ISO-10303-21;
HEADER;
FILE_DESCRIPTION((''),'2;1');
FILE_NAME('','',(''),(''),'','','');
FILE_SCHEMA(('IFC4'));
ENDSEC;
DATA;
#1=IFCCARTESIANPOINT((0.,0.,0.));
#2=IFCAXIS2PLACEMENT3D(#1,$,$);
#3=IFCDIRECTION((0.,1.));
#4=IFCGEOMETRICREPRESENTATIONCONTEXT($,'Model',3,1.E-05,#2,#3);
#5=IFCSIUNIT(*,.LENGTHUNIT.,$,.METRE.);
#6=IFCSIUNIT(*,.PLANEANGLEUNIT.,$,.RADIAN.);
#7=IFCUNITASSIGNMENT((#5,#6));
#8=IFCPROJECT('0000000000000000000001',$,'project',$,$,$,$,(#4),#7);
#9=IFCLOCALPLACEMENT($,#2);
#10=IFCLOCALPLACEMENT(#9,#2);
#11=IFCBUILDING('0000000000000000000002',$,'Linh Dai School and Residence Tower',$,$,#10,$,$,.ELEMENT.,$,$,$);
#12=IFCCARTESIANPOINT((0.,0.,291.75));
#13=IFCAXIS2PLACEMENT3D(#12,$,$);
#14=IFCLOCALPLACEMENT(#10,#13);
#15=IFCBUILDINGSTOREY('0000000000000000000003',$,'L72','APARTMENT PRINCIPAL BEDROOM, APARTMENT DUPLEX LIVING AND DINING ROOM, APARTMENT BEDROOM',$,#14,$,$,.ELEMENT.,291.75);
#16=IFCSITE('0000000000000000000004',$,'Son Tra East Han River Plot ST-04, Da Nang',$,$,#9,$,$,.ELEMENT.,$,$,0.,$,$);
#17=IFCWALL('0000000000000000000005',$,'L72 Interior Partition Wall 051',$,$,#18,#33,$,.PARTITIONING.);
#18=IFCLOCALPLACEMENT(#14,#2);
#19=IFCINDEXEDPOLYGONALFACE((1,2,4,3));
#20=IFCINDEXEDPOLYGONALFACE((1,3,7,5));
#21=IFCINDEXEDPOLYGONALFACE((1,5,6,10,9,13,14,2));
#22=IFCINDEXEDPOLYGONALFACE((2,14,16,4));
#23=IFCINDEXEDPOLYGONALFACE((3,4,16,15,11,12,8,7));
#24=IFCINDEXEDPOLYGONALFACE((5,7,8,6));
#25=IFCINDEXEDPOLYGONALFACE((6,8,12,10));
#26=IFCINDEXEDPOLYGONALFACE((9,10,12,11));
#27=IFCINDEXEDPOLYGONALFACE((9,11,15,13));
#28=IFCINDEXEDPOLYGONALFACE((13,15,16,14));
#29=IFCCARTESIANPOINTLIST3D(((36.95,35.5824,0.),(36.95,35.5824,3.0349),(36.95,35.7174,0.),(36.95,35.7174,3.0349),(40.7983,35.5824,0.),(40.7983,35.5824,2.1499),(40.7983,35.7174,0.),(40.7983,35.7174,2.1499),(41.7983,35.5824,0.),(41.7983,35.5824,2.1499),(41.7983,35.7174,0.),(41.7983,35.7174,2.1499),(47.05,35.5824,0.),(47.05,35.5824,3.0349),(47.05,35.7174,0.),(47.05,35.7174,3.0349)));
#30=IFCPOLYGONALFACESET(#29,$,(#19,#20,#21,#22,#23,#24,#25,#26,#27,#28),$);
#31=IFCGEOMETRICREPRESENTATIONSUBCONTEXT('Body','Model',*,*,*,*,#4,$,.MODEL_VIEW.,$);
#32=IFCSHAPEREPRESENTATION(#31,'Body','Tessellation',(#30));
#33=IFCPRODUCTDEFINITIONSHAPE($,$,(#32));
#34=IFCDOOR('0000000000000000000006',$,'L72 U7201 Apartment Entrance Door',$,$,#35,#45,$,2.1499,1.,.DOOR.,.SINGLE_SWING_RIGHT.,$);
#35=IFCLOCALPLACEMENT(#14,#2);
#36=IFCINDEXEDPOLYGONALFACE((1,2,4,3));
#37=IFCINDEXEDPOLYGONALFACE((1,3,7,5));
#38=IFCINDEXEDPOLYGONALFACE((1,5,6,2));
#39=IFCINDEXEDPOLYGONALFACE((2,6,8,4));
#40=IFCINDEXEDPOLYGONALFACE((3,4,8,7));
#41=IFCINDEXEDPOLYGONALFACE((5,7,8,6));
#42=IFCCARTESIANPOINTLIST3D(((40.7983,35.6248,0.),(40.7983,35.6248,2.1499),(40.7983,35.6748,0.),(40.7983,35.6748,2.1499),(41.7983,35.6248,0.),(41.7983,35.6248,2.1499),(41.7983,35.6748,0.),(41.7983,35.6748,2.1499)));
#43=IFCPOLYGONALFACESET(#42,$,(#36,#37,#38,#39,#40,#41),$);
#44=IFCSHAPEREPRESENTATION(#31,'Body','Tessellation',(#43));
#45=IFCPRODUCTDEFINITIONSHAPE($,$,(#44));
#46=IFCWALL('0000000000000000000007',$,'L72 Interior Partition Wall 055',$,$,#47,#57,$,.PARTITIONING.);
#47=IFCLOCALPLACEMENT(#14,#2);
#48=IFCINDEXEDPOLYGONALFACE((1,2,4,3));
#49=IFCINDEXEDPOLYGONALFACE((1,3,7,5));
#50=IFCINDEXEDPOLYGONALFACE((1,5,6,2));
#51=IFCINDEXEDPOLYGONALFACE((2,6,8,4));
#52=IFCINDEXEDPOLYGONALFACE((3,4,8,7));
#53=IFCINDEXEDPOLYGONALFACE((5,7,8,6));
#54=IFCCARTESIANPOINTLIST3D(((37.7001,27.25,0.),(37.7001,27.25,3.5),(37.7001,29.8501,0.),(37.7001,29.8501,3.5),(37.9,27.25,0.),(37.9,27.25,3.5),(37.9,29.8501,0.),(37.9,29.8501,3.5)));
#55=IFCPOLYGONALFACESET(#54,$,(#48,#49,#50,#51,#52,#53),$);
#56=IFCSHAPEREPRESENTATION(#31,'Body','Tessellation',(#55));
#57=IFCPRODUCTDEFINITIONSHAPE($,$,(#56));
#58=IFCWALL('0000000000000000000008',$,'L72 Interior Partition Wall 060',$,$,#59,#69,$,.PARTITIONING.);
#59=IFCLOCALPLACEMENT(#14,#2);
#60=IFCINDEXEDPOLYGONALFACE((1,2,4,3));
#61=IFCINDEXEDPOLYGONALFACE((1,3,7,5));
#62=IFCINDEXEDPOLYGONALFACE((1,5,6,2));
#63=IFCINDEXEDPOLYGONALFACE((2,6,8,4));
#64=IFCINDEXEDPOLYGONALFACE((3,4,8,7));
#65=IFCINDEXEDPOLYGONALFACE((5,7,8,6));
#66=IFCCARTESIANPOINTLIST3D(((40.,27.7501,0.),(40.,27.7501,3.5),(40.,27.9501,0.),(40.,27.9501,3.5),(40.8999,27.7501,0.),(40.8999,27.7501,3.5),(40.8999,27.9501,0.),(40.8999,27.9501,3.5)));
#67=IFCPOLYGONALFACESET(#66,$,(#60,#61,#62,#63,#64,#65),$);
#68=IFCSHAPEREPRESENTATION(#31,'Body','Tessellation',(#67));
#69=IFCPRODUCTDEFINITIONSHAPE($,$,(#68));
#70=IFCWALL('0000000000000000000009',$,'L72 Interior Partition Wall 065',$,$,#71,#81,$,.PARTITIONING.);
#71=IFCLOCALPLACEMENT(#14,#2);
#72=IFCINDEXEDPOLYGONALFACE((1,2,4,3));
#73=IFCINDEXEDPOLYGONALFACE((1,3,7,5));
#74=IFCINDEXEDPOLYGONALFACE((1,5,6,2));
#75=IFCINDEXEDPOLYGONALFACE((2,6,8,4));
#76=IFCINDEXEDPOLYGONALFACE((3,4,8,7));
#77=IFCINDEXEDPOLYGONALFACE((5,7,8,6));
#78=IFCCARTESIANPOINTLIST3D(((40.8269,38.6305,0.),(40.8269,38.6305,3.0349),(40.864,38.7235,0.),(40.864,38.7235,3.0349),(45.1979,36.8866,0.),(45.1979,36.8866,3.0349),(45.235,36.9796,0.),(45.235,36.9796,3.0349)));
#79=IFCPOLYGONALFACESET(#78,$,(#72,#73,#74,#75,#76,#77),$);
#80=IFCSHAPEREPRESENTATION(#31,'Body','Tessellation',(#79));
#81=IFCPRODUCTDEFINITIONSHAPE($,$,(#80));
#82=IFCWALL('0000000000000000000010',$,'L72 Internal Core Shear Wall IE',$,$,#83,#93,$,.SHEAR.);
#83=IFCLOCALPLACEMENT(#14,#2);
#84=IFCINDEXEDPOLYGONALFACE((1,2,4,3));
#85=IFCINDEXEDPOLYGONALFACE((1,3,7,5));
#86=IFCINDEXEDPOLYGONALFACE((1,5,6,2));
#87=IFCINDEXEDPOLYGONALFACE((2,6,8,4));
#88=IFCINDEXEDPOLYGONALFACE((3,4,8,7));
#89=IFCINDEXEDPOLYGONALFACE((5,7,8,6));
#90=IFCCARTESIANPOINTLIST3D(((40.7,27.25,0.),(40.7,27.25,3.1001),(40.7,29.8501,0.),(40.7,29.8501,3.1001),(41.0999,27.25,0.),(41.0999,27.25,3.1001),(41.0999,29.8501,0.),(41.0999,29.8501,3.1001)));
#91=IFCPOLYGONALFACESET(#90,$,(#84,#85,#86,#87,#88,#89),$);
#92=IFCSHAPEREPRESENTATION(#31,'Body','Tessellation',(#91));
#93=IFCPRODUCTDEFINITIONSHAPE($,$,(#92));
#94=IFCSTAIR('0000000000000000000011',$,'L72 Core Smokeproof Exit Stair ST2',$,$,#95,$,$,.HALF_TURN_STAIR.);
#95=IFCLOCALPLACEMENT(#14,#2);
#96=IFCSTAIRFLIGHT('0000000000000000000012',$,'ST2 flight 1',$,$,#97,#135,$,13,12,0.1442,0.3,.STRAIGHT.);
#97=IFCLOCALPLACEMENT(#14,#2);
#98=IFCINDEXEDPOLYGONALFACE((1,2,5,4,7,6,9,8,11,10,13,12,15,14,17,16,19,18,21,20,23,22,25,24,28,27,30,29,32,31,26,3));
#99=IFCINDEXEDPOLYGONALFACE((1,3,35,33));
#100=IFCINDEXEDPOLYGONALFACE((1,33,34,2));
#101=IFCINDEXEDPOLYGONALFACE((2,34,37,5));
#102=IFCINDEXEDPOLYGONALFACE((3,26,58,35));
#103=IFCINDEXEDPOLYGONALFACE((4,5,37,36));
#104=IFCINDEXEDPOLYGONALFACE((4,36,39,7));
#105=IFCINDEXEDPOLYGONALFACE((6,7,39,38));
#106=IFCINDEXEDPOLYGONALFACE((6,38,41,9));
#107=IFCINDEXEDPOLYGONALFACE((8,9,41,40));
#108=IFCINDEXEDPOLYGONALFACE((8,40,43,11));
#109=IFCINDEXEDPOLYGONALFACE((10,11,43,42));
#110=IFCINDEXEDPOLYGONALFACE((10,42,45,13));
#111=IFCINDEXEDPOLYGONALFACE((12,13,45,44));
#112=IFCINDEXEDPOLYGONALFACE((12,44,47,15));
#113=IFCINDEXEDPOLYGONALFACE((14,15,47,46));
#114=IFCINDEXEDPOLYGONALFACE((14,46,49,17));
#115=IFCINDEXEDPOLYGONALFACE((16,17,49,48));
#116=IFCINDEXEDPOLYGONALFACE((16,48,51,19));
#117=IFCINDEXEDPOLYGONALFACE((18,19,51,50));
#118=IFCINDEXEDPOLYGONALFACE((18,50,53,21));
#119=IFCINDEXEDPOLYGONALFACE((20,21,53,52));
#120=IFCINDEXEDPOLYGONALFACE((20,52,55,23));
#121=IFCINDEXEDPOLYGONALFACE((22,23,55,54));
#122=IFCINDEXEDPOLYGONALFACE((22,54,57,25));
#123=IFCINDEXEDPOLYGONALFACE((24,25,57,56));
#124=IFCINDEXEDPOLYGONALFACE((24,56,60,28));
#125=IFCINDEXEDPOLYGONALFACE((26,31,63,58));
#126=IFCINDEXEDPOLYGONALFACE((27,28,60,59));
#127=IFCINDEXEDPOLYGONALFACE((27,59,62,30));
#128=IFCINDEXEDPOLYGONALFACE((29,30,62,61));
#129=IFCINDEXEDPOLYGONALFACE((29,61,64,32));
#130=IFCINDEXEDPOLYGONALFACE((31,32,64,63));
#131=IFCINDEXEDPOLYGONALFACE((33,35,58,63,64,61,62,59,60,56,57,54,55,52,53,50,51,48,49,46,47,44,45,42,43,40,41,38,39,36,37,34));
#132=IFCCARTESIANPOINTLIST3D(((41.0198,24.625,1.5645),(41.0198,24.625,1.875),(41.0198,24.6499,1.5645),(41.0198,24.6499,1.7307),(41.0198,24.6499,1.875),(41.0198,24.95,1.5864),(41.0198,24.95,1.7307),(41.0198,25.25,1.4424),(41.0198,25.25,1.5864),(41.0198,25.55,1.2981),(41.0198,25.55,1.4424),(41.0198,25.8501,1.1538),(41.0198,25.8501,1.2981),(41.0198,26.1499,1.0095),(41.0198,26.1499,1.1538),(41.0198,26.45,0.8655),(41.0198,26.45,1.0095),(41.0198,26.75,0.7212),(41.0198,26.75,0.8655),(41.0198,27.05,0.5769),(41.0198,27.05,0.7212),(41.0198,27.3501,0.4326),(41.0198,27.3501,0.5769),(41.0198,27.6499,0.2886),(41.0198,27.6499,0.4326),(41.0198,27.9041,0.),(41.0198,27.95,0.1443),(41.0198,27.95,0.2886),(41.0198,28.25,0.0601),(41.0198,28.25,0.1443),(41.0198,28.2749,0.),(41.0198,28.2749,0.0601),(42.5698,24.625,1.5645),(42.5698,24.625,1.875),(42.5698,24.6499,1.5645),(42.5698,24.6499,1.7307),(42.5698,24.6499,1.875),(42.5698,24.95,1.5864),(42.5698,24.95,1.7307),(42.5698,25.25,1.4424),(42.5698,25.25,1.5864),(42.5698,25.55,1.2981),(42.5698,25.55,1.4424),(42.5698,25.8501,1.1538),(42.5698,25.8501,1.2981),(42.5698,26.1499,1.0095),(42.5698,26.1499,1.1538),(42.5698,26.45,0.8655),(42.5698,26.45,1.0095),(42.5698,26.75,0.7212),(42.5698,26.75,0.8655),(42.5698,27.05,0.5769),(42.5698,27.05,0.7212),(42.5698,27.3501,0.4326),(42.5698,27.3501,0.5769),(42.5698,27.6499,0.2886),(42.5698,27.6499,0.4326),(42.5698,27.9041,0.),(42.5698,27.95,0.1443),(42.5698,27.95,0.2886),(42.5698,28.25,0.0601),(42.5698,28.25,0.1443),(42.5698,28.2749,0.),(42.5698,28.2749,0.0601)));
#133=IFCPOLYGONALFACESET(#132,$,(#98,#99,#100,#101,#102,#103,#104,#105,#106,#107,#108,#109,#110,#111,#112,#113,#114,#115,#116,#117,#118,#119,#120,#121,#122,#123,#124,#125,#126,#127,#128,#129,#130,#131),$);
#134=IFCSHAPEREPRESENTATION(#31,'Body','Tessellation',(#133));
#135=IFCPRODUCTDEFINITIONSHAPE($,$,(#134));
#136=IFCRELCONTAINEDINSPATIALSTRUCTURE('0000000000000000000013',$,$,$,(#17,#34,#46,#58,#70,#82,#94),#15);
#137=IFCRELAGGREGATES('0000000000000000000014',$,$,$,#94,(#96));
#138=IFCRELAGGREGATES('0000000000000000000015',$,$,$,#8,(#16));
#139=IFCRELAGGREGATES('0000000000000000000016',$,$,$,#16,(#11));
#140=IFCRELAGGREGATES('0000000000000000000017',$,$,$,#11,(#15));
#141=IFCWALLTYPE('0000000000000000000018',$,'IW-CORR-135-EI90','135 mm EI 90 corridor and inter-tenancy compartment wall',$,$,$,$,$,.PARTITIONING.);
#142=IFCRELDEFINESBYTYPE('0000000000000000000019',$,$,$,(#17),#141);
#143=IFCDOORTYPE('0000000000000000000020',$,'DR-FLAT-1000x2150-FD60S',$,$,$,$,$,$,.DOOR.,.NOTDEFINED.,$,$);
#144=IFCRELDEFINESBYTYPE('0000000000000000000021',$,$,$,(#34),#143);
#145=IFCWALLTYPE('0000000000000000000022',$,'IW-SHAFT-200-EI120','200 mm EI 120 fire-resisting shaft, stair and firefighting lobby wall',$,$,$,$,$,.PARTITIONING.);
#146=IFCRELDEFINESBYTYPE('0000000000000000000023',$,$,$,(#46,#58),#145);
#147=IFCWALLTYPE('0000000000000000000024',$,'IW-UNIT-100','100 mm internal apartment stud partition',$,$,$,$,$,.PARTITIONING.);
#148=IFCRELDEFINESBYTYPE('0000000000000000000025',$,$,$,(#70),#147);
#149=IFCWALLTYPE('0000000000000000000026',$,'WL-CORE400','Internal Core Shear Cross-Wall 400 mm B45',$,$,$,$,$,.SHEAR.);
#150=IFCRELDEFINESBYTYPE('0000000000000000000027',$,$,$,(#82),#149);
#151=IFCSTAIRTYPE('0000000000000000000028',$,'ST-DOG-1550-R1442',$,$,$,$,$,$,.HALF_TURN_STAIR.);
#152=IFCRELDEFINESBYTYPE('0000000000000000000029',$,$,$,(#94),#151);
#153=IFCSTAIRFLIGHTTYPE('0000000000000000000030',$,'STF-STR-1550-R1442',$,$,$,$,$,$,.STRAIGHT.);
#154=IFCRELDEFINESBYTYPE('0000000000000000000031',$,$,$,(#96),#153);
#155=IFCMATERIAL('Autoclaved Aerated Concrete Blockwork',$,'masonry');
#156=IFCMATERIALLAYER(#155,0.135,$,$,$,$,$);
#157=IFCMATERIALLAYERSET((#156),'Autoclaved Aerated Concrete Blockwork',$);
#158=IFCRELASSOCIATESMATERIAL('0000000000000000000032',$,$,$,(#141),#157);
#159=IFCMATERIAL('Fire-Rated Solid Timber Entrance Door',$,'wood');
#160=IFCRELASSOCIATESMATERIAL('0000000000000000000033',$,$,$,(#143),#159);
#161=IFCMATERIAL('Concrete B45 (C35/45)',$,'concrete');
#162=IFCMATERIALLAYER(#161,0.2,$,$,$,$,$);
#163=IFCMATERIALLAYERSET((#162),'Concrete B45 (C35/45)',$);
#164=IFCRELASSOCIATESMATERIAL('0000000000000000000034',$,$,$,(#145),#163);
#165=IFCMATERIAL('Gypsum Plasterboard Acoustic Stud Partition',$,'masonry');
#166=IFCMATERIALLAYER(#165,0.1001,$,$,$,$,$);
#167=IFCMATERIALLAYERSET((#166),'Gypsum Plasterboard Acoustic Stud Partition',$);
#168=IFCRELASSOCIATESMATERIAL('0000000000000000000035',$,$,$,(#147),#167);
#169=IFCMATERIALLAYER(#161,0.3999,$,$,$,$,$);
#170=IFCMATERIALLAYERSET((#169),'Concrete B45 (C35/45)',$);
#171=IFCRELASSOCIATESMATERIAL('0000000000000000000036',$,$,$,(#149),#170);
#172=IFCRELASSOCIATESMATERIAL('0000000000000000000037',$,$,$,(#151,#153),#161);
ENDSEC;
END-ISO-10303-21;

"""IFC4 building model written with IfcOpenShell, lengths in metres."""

from ifc_helpers import new_model, si_unit, direction, frame, frame_2d, origin, origin_2d, place, context, subcontext, project, spatial, polyline, rectangle, outline, extrude, source, transform, mapped, material, layer, layer_set, type_object, element, fill, aggregate, save


model = new_model("IFC4")

# Units and contexts
model_context = context("Model", 3, precision=1e-05, world=origin(), true_north=direction((0.0, 1.0)))
body_context = subcontext(model_context, "Body", "Model", "MODEL_VIEW")
ifc_project = project(units=[si_unit("LENGTHUNIT", "METRE"), si_unit("PLANEANGLEUNIT", "RADIAN")], contexts=[model_context])

# Site, building, storey
site_placement = place(None, origin())
site = spatial("IfcSite", under=ifc_project, at=site_placement, Name="Son Tra East Han River Plot ST-04, Da Nang", CompositionType="ELEMENT", RefElevation=0.0)
building_placement = place(site_placement, origin())
building = spatial("IfcBuilding", under=site, at=building_placement, Name="Linh Dai School and Residence Tower", CompositionType="ELEMENT")
storey_placement = place(building_placement, frame((0.0, 0.0, 291.75)))
storey = spatial("IfcBuildingStorey", under=building, at=storey_placement, Name="L72", Description="APARTMENT PRINCIPAL BEDROOM, APARTMENT DUPLEX LIVING AND DINING ROOM, APARTMENT BEDROOM", CompositionType="ELEMENT", Elevation=291.75)

# Shared definitions
ifc_material_1 = material(Name="Autoclaved Aerated Concrete Blockwork", Category="masonry")
ifc_layer_1 = layer(ifc_material_1, 0.135)
ifc_layer_set_1 = layer_set([ifc_layer_1], Name="Autoclaved Aerated Concrete Blockwork")
wall_type_1 = type_object("IfcWallType", Name="IW-CORR-135-EI90", Description="135 mm EI 90 corridor and inter-tenancy compartment wall", PredefinedType="PARTITIONING", material=ifc_layer_set_1)

# Wall, opening, door
wall_1_placement = place(storey_placement, frame((36.95, 35.6499, 0.0), z_axis=(0.0, 0.0, 1.0), x_axis=(1.0, 0.0, 0.0)))
wall_1 = element("IfcWall", 1, at=wall_1_placement, inside=storey, type_object=wall_type_1, Name="L72 Interior Partition Wall 051", PredefinedType="PARTITIONING", context=body_context, shape_type="SweptSolid", body=[
    extrude(rectangle(XDim=10.1001, YDim=0.135, at=frame_2d((5.05, 0.0))), origin(), (0.0, 0.0, 1.0), 3.0349),
])
opening_1_placement = place(wall_1_placement, frame((3.8484, 0.0, 0.0)))
opening_1 = element("IfcOpeningElement", 2, at=opening_1_placement, cuts=wall_1, PredefinedType="OPENING", context=body_context, shape_type="SweptSolid", body=[
    extrude(rectangle(XDim=1.0, YDim=2.1499, at=origin_2d()), frame((0.5, 0.0776, 1.075), z_axis=(0.0, -1.0, 0.0), x_axis=(1.0, 0.0, 0.0)), (0.0, 0.0, 1.0), 0.155),
])
ifc_material_2 = material(Name="Fire-Rated Solid Timber Entrance Door", Category="wood")
door_type_1 = type_object("IfcDoorType", Name="DR-FLAT-1000x2150-FD60S", OperationType="NOTDEFINED", PredefinedType="DOOR", material=ifc_material_2)
shared_shape_1 = source(origin(), body_context, "Body", "SweptSolid", [
    extrude(rectangle(XDim=1.0, YDim=2.1499, at=origin_2d()), frame((0.5, 0.0249, 1.075), z_axis=(0.0, -1.0, 0.0), x_axis=(1.0, 0.0, 0.0)), (0.0, 0.0, 1.0), 0.05),
])
door_1_placement = place(opening_1_placement, origin())
door_1 = element("IfcDoor", 3, at=door_1_placement, inside=storey, type_object=door_type_1, Name="L72 U7201 Apartment Entrance Door", OperationType="SINGLE_SWING_RIGHT", OverallHeight=2.1499, OverallWidth=1.0, PredefinedType="DOOR", context=body_context, shape_type="MappedRepresentation", body=[
    mapped(shared_shape_1, transform((0.0, 0.0, 0.0), x_axis=(1.0, 0.0, 0.0), y_axis=(0.0, 1.0, 0.0), z_axis=(0.0, 0.0, 1.0), scale=1.0)),
])
fill(opening_1, door_1)

# Shared definitions
ifc_material_3 = material(Name="Concrete B45 (C35/45)", Category="concrete")
ifc_layer_2 = layer(ifc_material_3, 0.2)
ifc_layer_set_2 = layer_set([ifc_layer_2], Name="Concrete B45 (C35/45)")
wall_type_2 = type_object("IfcWallType", Name="IW-SHAFT-200-EI120", Description="200 mm EI 120 fire-resisting shaft, stair and firefighting lobby wall", PredefinedType="PARTITIONING", material=ifc_layer_set_2)

# Walls
wall_2_placement = place(storey_placement, frame((37.8, 27.25, 0.0), z_axis=(0.0, 0.0, 1.0), x_axis=(0.0, 1.0, 0.0)))
element("IfcWall", 4, at=wall_2_placement, inside=storey, type_object=wall_type_2, Name="L72 Interior Partition Wall 055", PredefinedType="PARTITIONING", context=body_context, shape_type="SweptSolid", body=[
    extrude(rectangle(XDim=2.6001, YDim=0.2, at=frame_2d((1.3, 0.0))), origin(), (0.0, 0.0, 1.0), 3.5),
])
wall_3_placement = place(storey_placement, frame((40.0, 27.8501, 0.0), z_axis=(0.0, 0.0, 1.0), x_axis=(1.0, 0.0, 0.0)))
element("IfcWall", 5, at=wall_3_placement, inside=storey, type_object=wall_type_2, Name="L72 Interior Partition Wall 060", PredefinedType="PARTITIONING", context=body_context, shape_type="SweptSolid", body=[
    extrude(rectangle(XDim=0.8999, YDim=0.2, at=frame_2d((0.45, 0.0))), origin(), (0.0, 0.0, 1.0), 3.5),
])
ifc_material_4 = material(Name="Gypsum Plasterboard Acoustic Stud Partition", Category="masonry")
ifc_layer_3 = layer(ifc_material_4, 0.1001)
ifc_layer_set_3 = layer_set([ifc_layer_3], Name="Gypsum Plasterboard Acoustic Stud Partition")
wall_type_3 = type_object("IfcWallType", Name="IW-UNIT-100", Description="100 mm internal apartment stud partition", PredefinedType="PARTITIONING", material=ifc_layer_set_3)
wall_4_placement = place(storey_placement, frame((40.8455, 38.677, 0.0), z_axis=(0.0, 0.0, 1.0), x_axis=(0.928809, -0.370559, 0.0)))
element("IfcWall", 6, at=wall_4_placement, inside=storey, type_object=wall_type_3, Name="L72 Interior Partition Wall 065", PredefinedType="PARTITIONING", context=body_context, shape_type="SweptSolid", body=[
    extrude(rectangle(XDim=4.7061, YDim=0.1001, at=frame_2d((2.353, 0.0))), origin(), (0.0, 0.0, 1.0), 3.0349),
])
ifc_layer_4 = layer(ifc_material_3, 0.3999)
ifc_layer_set_4 = layer_set([ifc_layer_4], Name="Concrete B45 (C35/45)")
wall_type_4 = type_object("IfcWallType", Name="WL-CORE400", Description="Internal Core Shear Cross-Wall 400 mm B45", PredefinedType="SHEAR", material=ifc_layer_set_4)
wall_5_placement = place(storey_placement, frame((40.8999, 27.25, 0.0), z_axis=(0.0, 0.0, 1.0), x_axis=(0.0, 1.0, 0.0)))
element("IfcWall", 7, at=wall_5_placement, inside=storey, type_object=wall_type_4, Name="L72 Internal Core Shear Wall IE", PredefinedType="SHEAR", context=body_context, shape_type="SweptSolid", body=[
    extrude(rectangle(XDim=2.6001, YDim=0.3999, at=frame_2d((1.3, 0.0))), origin(), (0.0, 0.0, 1.0), 3.1001),
])

# Stair, stair flight
stair_type = type_object("IfcStairType", Name="ST-DOG-1550-R1442", PredefinedType="HALF_TURN_STAIR", material=ifc_material_3)
stair_placement = place(storey_placement, origin())
stair = element("IfcStair", 8, at=stair_placement, inside=storey, type_object=stair_type, Name="L72 Core Smokeproof Exit Stair ST2", PredefinedType="HALF_TURN_STAIR")
stair_flight_type = type_object("IfcStairFlightType", Name="STF-STR-1550-R1442", PredefinedType="STRAIGHT", material=ifc_material_3)
shared_shape_2 = source(origin(), body_context, "Body", "SweptSolid", [
    extrude(outline(polyline([(-0.0249, 0.0), (-0.0249, 0.0601), (0.0, 0.0601), (0.0, 0.1443), (0.3, 0.1443), (0.3, 0.2886), (0.6001, 0.2886), (0.6001, 0.4326), (0.8999, 0.4326), (0.8999, 0.5769), (1.2, 0.5769), (1.2, 0.7212), (1.5, 0.7212), (1.5, 0.8655), (1.8, 0.8655), (1.8, 1.0095), (2.1001, 1.0095), (2.1001, 1.1538), (2.3999, 1.1538), (2.3999, 1.2981), (2.7, 1.2981), (2.7, 1.4424), (3.0, 1.4424), (3.0, 1.5864), (3.3, 1.5864), (3.3, 1.7307), (3.6001, 1.7307), (3.6001, 1.875), (3.625, 1.875), (3.625, 1.5645), (3.6001, 1.5645), (0.3459, 0.0), (-0.0249, 0.0)])), frame((0.0, 0.7749, 0.0), z_axis=(0.0, -1.0, 0.0), x_axis=(1.0, 0.0, 0.0)), (0.0, 0.0, 1.0), 1.55),
])
stair_flight_placement = place(storey_placement, frame((41.7949, 28.25, 0.0), z_axis=(0.0, 0.0, 1.0), x_axis=(0.0, -1.0, 0.0)))
stair_flight = element("IfcStairFlight", 9, at=stair_flight_placement, type_object=stair_flight_type, Name="ST2 flight 1", NumberOfRisers=13, NumberOfTreads=12, PredefinedType="STRAIGHT", RiserHeight=0.1442, TreadLength=0.3, context=body_context, shape_type="MappedRepresentation", body=[
    mapped(shared_shape_2, transform((0.0, 0.0, 0.0), x_axis=(1.0, 0.0, 0.0), y_axis=(0.0, 1.0, 0.0), z_axis=(0.0, 0.0, 1.0), scale=1.0)),
])
aggregate(stair, [stair_flight])

save(model, "model.ifc")
